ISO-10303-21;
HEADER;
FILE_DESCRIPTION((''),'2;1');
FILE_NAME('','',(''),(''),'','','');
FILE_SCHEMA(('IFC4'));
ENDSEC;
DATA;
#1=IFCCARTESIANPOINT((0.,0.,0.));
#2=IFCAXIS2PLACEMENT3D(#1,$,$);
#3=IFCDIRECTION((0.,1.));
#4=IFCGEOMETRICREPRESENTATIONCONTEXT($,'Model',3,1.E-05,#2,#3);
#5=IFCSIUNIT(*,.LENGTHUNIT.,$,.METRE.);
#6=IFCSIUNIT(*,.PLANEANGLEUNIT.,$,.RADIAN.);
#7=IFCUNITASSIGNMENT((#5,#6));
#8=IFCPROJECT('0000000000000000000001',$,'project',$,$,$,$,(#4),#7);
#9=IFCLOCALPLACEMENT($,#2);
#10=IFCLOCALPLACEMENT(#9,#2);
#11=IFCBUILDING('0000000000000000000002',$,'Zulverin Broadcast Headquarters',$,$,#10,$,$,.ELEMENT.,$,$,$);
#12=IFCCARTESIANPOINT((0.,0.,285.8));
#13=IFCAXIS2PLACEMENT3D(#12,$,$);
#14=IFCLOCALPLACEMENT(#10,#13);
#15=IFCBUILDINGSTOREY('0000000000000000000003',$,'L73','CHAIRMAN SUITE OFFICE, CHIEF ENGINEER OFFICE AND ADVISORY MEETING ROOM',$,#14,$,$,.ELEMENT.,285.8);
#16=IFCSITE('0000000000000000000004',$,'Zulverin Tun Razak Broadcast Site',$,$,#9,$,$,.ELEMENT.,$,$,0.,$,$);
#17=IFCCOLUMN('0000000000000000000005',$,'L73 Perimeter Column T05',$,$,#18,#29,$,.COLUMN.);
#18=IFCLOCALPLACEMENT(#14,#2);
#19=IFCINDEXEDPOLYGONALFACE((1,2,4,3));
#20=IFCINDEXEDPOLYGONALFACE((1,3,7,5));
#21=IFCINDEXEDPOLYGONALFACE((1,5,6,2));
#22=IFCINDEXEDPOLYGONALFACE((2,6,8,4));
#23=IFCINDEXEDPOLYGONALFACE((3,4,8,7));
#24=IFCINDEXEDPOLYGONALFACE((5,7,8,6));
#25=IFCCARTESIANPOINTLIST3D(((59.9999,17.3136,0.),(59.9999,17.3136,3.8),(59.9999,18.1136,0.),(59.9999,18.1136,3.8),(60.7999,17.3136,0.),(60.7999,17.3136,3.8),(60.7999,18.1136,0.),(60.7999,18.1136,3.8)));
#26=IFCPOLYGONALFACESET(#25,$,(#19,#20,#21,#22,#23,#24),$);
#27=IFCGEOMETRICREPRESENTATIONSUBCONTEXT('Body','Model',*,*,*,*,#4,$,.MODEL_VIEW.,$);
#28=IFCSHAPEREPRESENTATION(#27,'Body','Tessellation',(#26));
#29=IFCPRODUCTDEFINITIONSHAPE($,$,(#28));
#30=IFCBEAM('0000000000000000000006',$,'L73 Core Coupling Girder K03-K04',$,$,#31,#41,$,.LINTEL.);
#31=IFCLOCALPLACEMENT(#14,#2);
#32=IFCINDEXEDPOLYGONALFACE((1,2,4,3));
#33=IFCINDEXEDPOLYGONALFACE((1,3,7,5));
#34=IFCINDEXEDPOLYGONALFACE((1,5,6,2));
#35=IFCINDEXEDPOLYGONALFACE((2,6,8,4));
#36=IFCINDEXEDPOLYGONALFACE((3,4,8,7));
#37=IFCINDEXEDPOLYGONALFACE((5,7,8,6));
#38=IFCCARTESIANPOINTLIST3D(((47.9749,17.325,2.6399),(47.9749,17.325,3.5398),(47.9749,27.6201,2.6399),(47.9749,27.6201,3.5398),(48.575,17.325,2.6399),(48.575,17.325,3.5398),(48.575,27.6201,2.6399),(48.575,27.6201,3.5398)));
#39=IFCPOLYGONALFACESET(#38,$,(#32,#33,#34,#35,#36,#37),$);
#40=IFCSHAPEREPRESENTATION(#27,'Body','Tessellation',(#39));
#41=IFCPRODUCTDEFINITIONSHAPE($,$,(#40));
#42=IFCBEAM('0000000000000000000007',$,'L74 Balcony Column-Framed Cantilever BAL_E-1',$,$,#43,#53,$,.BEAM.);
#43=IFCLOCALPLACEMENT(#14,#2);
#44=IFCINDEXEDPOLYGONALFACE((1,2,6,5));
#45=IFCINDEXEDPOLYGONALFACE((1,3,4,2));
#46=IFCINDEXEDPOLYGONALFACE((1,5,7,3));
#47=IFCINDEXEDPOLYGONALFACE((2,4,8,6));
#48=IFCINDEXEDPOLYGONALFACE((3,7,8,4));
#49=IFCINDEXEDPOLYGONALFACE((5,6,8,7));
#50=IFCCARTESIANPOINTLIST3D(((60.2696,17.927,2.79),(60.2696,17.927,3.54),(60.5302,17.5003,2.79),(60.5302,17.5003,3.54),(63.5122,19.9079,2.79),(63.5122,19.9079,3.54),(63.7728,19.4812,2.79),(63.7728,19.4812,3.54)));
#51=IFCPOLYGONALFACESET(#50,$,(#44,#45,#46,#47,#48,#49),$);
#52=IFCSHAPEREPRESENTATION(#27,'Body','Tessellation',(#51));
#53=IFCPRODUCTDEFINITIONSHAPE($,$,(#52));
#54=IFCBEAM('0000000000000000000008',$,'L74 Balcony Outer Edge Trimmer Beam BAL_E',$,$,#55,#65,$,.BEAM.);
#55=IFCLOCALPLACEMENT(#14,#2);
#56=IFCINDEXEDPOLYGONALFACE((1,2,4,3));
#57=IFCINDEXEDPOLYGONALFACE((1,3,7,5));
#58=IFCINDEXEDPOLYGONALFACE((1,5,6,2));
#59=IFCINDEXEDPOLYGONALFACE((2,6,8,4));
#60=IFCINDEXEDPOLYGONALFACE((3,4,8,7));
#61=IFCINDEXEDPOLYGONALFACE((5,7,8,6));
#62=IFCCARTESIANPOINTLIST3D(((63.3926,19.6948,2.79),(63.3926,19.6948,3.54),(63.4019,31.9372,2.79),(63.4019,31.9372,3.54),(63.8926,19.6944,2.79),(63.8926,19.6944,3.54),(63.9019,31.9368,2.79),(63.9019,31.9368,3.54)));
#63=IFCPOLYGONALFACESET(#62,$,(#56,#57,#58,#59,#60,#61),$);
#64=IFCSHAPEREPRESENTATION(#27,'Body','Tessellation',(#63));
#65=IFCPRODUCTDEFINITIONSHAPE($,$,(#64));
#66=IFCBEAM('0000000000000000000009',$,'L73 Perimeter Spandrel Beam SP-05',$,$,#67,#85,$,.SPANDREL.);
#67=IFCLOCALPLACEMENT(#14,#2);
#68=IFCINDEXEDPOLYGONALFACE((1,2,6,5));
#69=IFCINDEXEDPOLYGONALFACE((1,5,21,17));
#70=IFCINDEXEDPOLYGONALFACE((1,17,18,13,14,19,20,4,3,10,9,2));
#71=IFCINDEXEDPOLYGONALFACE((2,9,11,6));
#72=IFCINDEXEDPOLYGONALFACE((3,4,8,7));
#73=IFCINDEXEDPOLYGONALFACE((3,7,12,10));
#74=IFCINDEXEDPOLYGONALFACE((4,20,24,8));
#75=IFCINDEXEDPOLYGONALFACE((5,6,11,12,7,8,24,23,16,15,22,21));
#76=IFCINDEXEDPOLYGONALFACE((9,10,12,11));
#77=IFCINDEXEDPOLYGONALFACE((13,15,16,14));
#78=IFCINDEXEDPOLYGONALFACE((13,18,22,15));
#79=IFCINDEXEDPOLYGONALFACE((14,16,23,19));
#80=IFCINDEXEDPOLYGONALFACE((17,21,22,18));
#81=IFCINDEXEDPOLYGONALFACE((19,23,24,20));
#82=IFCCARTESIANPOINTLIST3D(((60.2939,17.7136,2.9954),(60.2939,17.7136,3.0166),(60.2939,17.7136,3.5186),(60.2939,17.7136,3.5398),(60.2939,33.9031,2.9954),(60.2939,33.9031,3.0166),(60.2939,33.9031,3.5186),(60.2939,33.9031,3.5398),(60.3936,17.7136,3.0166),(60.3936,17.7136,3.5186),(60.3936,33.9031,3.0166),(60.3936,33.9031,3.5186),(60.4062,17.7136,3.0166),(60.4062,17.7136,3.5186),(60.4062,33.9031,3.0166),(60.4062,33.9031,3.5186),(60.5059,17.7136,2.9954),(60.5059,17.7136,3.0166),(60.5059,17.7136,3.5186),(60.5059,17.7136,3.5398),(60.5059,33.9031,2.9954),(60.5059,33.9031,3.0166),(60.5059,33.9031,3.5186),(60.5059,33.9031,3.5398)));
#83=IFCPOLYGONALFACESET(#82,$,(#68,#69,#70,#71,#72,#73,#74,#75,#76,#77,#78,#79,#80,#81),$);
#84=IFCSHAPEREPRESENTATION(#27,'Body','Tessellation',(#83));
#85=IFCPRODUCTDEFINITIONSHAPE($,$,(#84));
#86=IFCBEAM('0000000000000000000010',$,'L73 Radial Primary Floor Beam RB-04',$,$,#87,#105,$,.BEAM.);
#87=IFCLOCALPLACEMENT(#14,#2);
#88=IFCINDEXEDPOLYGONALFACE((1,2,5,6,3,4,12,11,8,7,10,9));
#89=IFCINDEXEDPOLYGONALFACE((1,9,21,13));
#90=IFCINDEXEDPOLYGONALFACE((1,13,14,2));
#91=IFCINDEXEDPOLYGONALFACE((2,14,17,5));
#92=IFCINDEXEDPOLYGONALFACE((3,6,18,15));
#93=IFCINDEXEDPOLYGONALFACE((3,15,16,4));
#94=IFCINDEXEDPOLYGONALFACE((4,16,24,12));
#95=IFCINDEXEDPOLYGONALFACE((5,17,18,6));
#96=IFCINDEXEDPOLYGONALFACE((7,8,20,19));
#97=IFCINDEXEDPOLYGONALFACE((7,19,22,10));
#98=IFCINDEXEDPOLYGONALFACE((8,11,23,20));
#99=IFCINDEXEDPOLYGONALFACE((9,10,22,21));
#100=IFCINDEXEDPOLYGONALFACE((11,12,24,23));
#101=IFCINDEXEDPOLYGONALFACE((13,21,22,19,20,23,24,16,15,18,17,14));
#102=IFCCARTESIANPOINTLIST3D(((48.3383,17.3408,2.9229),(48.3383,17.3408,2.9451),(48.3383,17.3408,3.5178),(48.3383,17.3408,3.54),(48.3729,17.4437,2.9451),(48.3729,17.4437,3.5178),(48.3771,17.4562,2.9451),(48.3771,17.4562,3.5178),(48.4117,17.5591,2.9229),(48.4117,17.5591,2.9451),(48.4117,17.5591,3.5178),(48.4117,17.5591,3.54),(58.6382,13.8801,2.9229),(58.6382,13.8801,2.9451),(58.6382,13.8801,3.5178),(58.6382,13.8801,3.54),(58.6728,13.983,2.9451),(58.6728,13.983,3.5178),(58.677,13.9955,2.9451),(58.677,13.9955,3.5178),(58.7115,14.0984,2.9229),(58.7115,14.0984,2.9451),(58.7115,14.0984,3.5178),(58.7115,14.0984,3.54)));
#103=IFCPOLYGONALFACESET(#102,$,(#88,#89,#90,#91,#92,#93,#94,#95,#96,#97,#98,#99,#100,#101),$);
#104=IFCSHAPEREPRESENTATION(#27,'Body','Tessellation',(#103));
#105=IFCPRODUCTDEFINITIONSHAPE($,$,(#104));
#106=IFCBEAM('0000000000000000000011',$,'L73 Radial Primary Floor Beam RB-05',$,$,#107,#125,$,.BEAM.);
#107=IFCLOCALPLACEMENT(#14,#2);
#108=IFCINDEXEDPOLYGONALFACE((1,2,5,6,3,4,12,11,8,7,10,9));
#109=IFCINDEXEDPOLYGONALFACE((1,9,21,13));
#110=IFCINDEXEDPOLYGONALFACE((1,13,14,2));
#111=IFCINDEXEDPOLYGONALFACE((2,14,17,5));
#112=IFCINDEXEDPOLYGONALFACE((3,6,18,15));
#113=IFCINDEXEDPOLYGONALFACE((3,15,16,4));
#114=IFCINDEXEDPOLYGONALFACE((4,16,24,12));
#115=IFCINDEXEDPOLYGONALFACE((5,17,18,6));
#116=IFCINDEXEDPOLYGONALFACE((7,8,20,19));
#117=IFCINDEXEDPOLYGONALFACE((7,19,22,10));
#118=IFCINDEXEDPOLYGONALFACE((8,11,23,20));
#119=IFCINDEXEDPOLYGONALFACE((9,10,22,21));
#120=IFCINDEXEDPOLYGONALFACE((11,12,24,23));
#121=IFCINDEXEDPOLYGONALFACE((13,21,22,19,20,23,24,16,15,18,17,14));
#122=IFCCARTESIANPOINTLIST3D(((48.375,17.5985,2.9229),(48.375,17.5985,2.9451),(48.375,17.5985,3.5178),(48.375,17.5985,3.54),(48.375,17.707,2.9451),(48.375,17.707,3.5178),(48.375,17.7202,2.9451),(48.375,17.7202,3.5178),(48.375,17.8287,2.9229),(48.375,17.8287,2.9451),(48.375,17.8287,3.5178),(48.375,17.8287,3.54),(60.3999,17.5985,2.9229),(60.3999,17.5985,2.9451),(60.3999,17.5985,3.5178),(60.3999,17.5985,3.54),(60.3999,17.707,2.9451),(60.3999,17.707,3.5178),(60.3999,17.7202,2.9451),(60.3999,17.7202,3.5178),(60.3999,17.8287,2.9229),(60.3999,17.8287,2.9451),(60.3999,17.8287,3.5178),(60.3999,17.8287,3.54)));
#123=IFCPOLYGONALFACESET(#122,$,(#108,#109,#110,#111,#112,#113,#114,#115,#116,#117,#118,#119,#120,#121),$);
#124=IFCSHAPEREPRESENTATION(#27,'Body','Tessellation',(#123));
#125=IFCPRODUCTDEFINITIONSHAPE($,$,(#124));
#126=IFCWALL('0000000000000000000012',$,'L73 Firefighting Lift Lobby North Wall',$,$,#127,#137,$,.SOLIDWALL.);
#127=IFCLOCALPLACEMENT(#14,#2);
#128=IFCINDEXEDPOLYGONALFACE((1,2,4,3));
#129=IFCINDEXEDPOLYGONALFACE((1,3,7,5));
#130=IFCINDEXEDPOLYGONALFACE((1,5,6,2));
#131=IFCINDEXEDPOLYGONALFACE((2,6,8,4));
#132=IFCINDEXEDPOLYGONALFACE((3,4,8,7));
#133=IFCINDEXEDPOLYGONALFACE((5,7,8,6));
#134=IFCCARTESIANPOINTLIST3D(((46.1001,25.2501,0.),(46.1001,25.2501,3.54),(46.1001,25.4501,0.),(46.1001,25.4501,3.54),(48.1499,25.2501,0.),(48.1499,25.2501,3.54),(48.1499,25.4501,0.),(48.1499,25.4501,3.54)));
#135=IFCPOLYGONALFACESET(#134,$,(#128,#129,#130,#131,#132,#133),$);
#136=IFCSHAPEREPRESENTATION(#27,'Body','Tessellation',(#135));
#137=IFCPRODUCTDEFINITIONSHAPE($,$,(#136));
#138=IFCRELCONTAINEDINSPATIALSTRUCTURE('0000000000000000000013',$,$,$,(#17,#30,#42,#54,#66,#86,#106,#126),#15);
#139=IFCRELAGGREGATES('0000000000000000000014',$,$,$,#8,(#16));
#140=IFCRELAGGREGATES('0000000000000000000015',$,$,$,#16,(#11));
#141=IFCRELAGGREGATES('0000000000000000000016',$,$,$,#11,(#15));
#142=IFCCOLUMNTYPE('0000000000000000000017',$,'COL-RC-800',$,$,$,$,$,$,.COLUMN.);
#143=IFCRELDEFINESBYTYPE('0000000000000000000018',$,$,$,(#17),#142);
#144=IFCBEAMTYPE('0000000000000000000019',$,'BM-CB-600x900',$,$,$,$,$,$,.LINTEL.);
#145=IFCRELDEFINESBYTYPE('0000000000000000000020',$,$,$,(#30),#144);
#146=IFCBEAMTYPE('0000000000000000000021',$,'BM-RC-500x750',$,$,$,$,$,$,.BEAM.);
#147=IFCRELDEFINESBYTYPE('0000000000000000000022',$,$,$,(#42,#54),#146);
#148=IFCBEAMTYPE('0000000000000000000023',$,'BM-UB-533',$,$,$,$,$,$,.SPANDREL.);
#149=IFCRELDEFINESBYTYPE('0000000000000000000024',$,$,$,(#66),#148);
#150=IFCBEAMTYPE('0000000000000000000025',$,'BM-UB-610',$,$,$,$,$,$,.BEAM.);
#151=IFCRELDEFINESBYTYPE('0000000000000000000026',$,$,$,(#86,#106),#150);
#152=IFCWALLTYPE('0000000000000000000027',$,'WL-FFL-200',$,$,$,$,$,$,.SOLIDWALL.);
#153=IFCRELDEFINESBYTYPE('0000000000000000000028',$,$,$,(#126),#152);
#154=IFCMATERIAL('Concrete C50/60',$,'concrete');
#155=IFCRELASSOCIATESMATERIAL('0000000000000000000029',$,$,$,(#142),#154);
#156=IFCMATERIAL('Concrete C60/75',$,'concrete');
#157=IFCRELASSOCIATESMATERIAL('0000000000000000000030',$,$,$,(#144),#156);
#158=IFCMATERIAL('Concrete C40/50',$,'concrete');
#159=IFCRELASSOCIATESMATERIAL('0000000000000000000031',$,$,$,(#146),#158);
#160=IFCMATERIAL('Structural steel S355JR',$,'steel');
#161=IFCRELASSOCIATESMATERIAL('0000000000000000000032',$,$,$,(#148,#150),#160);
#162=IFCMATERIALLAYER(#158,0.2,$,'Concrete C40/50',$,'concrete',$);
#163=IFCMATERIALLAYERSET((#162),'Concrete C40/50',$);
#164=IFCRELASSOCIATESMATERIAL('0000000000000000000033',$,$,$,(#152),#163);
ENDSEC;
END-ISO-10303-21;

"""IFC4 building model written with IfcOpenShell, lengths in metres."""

from ifc_helpers import new_model, si_unit, direction, frame, frame_2d, origin, origin_2d, place, context, subcontext, project, spatial, rectangle, i_section, extrude, material, layer, layer_set, material_profile, profile_set, type_object, element, save


model = new_model("IFC4")

# Units and contexts
model_context = context("Model", 3, precision=1e-05, world=origin(), true_north=direction((0.0, 1.0)))
body_context = subcontext(model_context, "Body", "Model", "MODEL_VIEW")
ifc_project = project(units=[si_unit("LENGTHUNIT", "METRE"), si_unit("PLANEANGLEUNIT", "RADIAN")], contexts=[model_context])

# Site, building, storey
site_placement = place(None, origin())
site = spatial("IfcSite", under=ifc_project, at=site_placement, Name="Zulverin Tun Razak Broadcast Site", CompositionType="ELEMENT", RefElevation=0.0)
building_placement = place(site_placement, origin())
building = spatial("IfcBuilding", under=site, at=building_placement, Name="Zulverin Broadcast Headquarters", CompositionType="ELEMENT")
storey_placement = place(building_placement, frame((0.0, 0.0, 285.8)))
storey = spatial("IfcBuildingStorey", under=building, at=storey_placement, Name="L73", Description="CHAIRMAN SUITE OFFICE, CHIEF ENGINEER OFFICE AND ADVISORY MEETING ROOM", CompositionType="ELEMENT", Elevation=285.8)

# Column
ifc_material_1 = material(Name="Concrete C50/60", Category="concrete")
ifc_material_profile_1 = material_profile(ifc_material_1, rectangle(XDim=0.8, YDim=0.8, at=origin_2d()), Name="Concrete C50/60", Category="concrete")
ifc_profile_set_1 = profile_set([ifc_material_profile_1], Name="Concrete C50/60")
column_type = type_object("IfcColumnType", Name="COL-RC-800", PredefinedType="COLUMN", material=ifc_profile_set_1)
column_placement = place(storey_placement, frame((60.3999, 17.7136, 0.0), z_axis=(0.0, 0.0, 1.0), x_axis=(1.0, 0.0, 0.0)))
element("IfcColumn", 1, at=column_placement, inside=storey, type_object=column_type, Name="L73 Perimeter Column T05", PredefinedType="COLUMN", context=body_context, shape_type="SweptSolid", body=[
    extrude(rectangle(XDim=0.8, YDim=0.8, at=origin_2d()), origin(), (0.0, 0.0, 1.0), 3.8),
])

# Beams
ifc_material_2 = material(Name="Concrete C60/75", Category="concrete")
ifc_material_profile_2 = material_profile(ifc_material_2, rectangle(XDim=0.6001, YDim=0.8999, at=origin_2d()), Name="Concrete C60/75", Category="concrete")
ifc_profile_set_2 = profile_set([ifc_material_profile_2], Name="Concrete C60/75")
beam_type_1 = type_object("IfcBeamType", Name="BM-CB-600x900", PredefinedType="LINTEL", material=ifc_profile_set_2)
beam_1_placement = place(storey_placement, frame((48.2749, 17.325, 3.0898), z_axis=(0.0, 1.0, 0.0), x_axis=(-1.0, 0.0, 0.0)))
element("IfcBeam", 2, at=beam_1_placement, inside=storey, type_object=beam_type_1, Name="L73 Core Coupling Girder K03-K04", PredefinedType="LINTEL", context=body_context, shape_type="SweptSolid", body=[
    extrude(rectangle(XDim=0.6001, YDim=0.8999, at=origin_2d()), origin(), (0.0, 0.0, 1.0), 10.2952),
])
ifc_material_3 = material(Name="Concrete C40/50", Category="concrete")
ifc_material_profile_3 = material_profile(ifc_material_3, rectangle(XDim=0.5, YDim=0.75, at=origin_2d()), Name="Concrete C40/50", Category="concrete")
ifc_profile_set_3 = profile_set([ifc_material_profile_3], Name="Concrete C40/50")
beam_type_2 = type_object("IfcBeamType", Name="BM-RC-500x750", PredefinedType="BEAM", material=ifc_profile_set_3)
beam_2_placement = place(storey_placement, frame((60.3999, 17.7136, 3.165), z_axis=(0.853361, 0.52132, 0.0), x_axis=(-0.52132, 0.853361, 0.0)))
element("IfcBeam", 3, at=beam_2_placement, inside=storey, type_object=beam_type_2, Name="L74 Balcony Column-Framed Cantilever BAL_E-1", PredefinedType="BEAM", context=body_context, shape_type="SweptSolid", body=[
    extrude(rectangle(XDim=0.5, YDim=0.75, at=origin_2d()), origin(), (0.0, 0.0, 1.0), 3.7998),
])
beam_3_placement = place(storey_placement, frame((63.6426, 19.6946, 3.165), z_axis=(0.000758, 1.0, 0.0), x_axis=(-1.0, 0.000758, 0.0)))
element("IfcBeam", 4, at=beam_3_placement, inside=storey, type_object=beam_type_2, Name="L74 Balcony Outer Edge Trimmer Beam BAL_E", PredefinedType="BEAM", context=body_context, shape_type="SweptSolid", body=[
    extrude(rectangle(XDim=0.5, YDim=0.75, at=origin_2d()), origin(), (0.0, 0.0, 1.0), 12.2424),
])
ifc_material_4 = material(Name="Structural steel S355JR", Category="steel")
ifc_material_profile_4 = material_profile(ifc_material_4, i_section(OverallWidth=0.2119, OverallDepth=0.5444, WebThickness=0.0127, FlangeThickness=0.0212, at=origin_2d()), Name="Structural steel S355JR", Category="steel")
ifc_profile_set_4 = profile_set([ifc_material_profile_4], Name="Structural steel S355JR")
beam_type_3 = type_object("IfcBeamType", Name="BM-UB-533", PredefinedType="SPANDREL", material=ifc_profile_set_4)
beam_4_placement = place(storey_placement, frame((60.3999, 17.7136, 3.2676), z_axis=(0.0, 1.0, 0.0), x_axis=(-1.0, 0.0, 0.0)))
element("IfcBeam", 5, at=beam_4_placement, inside=storey, type_object=beam_type_3, Name="L73 Perimeter Spandrel Beam SP-05", PredefinedType="SPANDREL", context=body_context, shape_type="SweptSolid", body=[
    extrude(i_section(OverallWidth=0.2119, OverallDepth=0.5444, WebThickness=0.0127, FlangeThickness=0.0212, at=origin_2d()), origin(), (0.0, 0.0, 1.0), 16.1895),
])
ifc_material_profile_5 = material_profile(ifc_material_4, i_section(OverallWidth=0.2302, OverallDepth=0.6172, WebThickness=0.0132, FlangeThickness=0.0222, at=origin_2d()), Name="Structural steel S355JR", Category="steel")
ifc_profile_set_5 = profile_set([ifc_material_profile_5], Name="Structural steel S355JR")
beam_type_4 = type_object("IfcBeamType", Name="BM-UB-610", PredefinedType="BEAM", material=ifc_profile_set_5)
beam_5_placement = place(storey_placement, frame((48.375, 17.45, 3.2314), z_axis=(0.947923, -0.318498, 0.0), x_axis=(0.318498, 0.947923, 0.0)))
element("IfcBeam", 6, at=beam_5_placement, inside=storey, type_object=beam_type_4, Name="L73 Radial Primary Floor Beam RB-04", PredefinedType="BEAM", context=body_context, shape_type="SweptSolid", body=[
    extrude(i_section(OverallWidth=0.2302, OverallDepth=0.6172, WebThickness=0.0132, FlangeThickness=0.0222, at=origin_2d()), origin(), (0.0, 0.0, 1.0), 10.8657),
])
beam_6_placement = place(storey_placement, frame((48.375, 17.7136, 3.2314), z_axis=(1.0, 0.0, 0.0), x_axis=(0.0, 1.0, 0.0)))
element("IfcBeam", 7, at=beam_6_placement, inside=storey, type_object=beam_type_4, Name="L73 Radial Primary Floor Beam RB-05", PredefinedType="BEAM", context=body_context, shape_type="SweptSolid", body=[
    extrude(i_section(OverallWidth=0.2302, OverallDepth=0.6172, WebThickness=0.0132, FlangeThickness=0.0222, at=origin_2d()), origin(), (0.0, 0.0, 1.0), 12.0249),
])

# Wall
ifc_layer_1 = layer(ifc_material_3, 0.2, Name="Concrete C40/50", Category="concrete")
ifc_layer_set_1 = layer_set([ifc_layer_1], Name="Concrete C40/50")
wall_type_1 = type_object("IfcWallType", Name="WL-FFL-200", PredefinedType="SOLIDWALL", material=ifc_layer_set_1)
wall_1_placement = place(storey_placement, frame((46.1001, 25.3501, 0.0), z_axis=(0.0, 0.0, 1.0), x_axis=(1.0, 0.0, 0.0)))
element("IfcWall", 8, at=wall_1_placement, inside=storey, type_object=wall_type_1, Name="L73 Firefighting Lift Lobby North Wall", PredefinedType="SOLIDWALL", context=body_context, shape_type="SweptSolid", body=[
    extrude(rectangle(XDim=2.0498, YDim=0.2, at=frame_2d((1.0249, 0.0))), origin(), (0.0, 0.0, 1.0), 3.54),
])

save(model, "model.ifc")
